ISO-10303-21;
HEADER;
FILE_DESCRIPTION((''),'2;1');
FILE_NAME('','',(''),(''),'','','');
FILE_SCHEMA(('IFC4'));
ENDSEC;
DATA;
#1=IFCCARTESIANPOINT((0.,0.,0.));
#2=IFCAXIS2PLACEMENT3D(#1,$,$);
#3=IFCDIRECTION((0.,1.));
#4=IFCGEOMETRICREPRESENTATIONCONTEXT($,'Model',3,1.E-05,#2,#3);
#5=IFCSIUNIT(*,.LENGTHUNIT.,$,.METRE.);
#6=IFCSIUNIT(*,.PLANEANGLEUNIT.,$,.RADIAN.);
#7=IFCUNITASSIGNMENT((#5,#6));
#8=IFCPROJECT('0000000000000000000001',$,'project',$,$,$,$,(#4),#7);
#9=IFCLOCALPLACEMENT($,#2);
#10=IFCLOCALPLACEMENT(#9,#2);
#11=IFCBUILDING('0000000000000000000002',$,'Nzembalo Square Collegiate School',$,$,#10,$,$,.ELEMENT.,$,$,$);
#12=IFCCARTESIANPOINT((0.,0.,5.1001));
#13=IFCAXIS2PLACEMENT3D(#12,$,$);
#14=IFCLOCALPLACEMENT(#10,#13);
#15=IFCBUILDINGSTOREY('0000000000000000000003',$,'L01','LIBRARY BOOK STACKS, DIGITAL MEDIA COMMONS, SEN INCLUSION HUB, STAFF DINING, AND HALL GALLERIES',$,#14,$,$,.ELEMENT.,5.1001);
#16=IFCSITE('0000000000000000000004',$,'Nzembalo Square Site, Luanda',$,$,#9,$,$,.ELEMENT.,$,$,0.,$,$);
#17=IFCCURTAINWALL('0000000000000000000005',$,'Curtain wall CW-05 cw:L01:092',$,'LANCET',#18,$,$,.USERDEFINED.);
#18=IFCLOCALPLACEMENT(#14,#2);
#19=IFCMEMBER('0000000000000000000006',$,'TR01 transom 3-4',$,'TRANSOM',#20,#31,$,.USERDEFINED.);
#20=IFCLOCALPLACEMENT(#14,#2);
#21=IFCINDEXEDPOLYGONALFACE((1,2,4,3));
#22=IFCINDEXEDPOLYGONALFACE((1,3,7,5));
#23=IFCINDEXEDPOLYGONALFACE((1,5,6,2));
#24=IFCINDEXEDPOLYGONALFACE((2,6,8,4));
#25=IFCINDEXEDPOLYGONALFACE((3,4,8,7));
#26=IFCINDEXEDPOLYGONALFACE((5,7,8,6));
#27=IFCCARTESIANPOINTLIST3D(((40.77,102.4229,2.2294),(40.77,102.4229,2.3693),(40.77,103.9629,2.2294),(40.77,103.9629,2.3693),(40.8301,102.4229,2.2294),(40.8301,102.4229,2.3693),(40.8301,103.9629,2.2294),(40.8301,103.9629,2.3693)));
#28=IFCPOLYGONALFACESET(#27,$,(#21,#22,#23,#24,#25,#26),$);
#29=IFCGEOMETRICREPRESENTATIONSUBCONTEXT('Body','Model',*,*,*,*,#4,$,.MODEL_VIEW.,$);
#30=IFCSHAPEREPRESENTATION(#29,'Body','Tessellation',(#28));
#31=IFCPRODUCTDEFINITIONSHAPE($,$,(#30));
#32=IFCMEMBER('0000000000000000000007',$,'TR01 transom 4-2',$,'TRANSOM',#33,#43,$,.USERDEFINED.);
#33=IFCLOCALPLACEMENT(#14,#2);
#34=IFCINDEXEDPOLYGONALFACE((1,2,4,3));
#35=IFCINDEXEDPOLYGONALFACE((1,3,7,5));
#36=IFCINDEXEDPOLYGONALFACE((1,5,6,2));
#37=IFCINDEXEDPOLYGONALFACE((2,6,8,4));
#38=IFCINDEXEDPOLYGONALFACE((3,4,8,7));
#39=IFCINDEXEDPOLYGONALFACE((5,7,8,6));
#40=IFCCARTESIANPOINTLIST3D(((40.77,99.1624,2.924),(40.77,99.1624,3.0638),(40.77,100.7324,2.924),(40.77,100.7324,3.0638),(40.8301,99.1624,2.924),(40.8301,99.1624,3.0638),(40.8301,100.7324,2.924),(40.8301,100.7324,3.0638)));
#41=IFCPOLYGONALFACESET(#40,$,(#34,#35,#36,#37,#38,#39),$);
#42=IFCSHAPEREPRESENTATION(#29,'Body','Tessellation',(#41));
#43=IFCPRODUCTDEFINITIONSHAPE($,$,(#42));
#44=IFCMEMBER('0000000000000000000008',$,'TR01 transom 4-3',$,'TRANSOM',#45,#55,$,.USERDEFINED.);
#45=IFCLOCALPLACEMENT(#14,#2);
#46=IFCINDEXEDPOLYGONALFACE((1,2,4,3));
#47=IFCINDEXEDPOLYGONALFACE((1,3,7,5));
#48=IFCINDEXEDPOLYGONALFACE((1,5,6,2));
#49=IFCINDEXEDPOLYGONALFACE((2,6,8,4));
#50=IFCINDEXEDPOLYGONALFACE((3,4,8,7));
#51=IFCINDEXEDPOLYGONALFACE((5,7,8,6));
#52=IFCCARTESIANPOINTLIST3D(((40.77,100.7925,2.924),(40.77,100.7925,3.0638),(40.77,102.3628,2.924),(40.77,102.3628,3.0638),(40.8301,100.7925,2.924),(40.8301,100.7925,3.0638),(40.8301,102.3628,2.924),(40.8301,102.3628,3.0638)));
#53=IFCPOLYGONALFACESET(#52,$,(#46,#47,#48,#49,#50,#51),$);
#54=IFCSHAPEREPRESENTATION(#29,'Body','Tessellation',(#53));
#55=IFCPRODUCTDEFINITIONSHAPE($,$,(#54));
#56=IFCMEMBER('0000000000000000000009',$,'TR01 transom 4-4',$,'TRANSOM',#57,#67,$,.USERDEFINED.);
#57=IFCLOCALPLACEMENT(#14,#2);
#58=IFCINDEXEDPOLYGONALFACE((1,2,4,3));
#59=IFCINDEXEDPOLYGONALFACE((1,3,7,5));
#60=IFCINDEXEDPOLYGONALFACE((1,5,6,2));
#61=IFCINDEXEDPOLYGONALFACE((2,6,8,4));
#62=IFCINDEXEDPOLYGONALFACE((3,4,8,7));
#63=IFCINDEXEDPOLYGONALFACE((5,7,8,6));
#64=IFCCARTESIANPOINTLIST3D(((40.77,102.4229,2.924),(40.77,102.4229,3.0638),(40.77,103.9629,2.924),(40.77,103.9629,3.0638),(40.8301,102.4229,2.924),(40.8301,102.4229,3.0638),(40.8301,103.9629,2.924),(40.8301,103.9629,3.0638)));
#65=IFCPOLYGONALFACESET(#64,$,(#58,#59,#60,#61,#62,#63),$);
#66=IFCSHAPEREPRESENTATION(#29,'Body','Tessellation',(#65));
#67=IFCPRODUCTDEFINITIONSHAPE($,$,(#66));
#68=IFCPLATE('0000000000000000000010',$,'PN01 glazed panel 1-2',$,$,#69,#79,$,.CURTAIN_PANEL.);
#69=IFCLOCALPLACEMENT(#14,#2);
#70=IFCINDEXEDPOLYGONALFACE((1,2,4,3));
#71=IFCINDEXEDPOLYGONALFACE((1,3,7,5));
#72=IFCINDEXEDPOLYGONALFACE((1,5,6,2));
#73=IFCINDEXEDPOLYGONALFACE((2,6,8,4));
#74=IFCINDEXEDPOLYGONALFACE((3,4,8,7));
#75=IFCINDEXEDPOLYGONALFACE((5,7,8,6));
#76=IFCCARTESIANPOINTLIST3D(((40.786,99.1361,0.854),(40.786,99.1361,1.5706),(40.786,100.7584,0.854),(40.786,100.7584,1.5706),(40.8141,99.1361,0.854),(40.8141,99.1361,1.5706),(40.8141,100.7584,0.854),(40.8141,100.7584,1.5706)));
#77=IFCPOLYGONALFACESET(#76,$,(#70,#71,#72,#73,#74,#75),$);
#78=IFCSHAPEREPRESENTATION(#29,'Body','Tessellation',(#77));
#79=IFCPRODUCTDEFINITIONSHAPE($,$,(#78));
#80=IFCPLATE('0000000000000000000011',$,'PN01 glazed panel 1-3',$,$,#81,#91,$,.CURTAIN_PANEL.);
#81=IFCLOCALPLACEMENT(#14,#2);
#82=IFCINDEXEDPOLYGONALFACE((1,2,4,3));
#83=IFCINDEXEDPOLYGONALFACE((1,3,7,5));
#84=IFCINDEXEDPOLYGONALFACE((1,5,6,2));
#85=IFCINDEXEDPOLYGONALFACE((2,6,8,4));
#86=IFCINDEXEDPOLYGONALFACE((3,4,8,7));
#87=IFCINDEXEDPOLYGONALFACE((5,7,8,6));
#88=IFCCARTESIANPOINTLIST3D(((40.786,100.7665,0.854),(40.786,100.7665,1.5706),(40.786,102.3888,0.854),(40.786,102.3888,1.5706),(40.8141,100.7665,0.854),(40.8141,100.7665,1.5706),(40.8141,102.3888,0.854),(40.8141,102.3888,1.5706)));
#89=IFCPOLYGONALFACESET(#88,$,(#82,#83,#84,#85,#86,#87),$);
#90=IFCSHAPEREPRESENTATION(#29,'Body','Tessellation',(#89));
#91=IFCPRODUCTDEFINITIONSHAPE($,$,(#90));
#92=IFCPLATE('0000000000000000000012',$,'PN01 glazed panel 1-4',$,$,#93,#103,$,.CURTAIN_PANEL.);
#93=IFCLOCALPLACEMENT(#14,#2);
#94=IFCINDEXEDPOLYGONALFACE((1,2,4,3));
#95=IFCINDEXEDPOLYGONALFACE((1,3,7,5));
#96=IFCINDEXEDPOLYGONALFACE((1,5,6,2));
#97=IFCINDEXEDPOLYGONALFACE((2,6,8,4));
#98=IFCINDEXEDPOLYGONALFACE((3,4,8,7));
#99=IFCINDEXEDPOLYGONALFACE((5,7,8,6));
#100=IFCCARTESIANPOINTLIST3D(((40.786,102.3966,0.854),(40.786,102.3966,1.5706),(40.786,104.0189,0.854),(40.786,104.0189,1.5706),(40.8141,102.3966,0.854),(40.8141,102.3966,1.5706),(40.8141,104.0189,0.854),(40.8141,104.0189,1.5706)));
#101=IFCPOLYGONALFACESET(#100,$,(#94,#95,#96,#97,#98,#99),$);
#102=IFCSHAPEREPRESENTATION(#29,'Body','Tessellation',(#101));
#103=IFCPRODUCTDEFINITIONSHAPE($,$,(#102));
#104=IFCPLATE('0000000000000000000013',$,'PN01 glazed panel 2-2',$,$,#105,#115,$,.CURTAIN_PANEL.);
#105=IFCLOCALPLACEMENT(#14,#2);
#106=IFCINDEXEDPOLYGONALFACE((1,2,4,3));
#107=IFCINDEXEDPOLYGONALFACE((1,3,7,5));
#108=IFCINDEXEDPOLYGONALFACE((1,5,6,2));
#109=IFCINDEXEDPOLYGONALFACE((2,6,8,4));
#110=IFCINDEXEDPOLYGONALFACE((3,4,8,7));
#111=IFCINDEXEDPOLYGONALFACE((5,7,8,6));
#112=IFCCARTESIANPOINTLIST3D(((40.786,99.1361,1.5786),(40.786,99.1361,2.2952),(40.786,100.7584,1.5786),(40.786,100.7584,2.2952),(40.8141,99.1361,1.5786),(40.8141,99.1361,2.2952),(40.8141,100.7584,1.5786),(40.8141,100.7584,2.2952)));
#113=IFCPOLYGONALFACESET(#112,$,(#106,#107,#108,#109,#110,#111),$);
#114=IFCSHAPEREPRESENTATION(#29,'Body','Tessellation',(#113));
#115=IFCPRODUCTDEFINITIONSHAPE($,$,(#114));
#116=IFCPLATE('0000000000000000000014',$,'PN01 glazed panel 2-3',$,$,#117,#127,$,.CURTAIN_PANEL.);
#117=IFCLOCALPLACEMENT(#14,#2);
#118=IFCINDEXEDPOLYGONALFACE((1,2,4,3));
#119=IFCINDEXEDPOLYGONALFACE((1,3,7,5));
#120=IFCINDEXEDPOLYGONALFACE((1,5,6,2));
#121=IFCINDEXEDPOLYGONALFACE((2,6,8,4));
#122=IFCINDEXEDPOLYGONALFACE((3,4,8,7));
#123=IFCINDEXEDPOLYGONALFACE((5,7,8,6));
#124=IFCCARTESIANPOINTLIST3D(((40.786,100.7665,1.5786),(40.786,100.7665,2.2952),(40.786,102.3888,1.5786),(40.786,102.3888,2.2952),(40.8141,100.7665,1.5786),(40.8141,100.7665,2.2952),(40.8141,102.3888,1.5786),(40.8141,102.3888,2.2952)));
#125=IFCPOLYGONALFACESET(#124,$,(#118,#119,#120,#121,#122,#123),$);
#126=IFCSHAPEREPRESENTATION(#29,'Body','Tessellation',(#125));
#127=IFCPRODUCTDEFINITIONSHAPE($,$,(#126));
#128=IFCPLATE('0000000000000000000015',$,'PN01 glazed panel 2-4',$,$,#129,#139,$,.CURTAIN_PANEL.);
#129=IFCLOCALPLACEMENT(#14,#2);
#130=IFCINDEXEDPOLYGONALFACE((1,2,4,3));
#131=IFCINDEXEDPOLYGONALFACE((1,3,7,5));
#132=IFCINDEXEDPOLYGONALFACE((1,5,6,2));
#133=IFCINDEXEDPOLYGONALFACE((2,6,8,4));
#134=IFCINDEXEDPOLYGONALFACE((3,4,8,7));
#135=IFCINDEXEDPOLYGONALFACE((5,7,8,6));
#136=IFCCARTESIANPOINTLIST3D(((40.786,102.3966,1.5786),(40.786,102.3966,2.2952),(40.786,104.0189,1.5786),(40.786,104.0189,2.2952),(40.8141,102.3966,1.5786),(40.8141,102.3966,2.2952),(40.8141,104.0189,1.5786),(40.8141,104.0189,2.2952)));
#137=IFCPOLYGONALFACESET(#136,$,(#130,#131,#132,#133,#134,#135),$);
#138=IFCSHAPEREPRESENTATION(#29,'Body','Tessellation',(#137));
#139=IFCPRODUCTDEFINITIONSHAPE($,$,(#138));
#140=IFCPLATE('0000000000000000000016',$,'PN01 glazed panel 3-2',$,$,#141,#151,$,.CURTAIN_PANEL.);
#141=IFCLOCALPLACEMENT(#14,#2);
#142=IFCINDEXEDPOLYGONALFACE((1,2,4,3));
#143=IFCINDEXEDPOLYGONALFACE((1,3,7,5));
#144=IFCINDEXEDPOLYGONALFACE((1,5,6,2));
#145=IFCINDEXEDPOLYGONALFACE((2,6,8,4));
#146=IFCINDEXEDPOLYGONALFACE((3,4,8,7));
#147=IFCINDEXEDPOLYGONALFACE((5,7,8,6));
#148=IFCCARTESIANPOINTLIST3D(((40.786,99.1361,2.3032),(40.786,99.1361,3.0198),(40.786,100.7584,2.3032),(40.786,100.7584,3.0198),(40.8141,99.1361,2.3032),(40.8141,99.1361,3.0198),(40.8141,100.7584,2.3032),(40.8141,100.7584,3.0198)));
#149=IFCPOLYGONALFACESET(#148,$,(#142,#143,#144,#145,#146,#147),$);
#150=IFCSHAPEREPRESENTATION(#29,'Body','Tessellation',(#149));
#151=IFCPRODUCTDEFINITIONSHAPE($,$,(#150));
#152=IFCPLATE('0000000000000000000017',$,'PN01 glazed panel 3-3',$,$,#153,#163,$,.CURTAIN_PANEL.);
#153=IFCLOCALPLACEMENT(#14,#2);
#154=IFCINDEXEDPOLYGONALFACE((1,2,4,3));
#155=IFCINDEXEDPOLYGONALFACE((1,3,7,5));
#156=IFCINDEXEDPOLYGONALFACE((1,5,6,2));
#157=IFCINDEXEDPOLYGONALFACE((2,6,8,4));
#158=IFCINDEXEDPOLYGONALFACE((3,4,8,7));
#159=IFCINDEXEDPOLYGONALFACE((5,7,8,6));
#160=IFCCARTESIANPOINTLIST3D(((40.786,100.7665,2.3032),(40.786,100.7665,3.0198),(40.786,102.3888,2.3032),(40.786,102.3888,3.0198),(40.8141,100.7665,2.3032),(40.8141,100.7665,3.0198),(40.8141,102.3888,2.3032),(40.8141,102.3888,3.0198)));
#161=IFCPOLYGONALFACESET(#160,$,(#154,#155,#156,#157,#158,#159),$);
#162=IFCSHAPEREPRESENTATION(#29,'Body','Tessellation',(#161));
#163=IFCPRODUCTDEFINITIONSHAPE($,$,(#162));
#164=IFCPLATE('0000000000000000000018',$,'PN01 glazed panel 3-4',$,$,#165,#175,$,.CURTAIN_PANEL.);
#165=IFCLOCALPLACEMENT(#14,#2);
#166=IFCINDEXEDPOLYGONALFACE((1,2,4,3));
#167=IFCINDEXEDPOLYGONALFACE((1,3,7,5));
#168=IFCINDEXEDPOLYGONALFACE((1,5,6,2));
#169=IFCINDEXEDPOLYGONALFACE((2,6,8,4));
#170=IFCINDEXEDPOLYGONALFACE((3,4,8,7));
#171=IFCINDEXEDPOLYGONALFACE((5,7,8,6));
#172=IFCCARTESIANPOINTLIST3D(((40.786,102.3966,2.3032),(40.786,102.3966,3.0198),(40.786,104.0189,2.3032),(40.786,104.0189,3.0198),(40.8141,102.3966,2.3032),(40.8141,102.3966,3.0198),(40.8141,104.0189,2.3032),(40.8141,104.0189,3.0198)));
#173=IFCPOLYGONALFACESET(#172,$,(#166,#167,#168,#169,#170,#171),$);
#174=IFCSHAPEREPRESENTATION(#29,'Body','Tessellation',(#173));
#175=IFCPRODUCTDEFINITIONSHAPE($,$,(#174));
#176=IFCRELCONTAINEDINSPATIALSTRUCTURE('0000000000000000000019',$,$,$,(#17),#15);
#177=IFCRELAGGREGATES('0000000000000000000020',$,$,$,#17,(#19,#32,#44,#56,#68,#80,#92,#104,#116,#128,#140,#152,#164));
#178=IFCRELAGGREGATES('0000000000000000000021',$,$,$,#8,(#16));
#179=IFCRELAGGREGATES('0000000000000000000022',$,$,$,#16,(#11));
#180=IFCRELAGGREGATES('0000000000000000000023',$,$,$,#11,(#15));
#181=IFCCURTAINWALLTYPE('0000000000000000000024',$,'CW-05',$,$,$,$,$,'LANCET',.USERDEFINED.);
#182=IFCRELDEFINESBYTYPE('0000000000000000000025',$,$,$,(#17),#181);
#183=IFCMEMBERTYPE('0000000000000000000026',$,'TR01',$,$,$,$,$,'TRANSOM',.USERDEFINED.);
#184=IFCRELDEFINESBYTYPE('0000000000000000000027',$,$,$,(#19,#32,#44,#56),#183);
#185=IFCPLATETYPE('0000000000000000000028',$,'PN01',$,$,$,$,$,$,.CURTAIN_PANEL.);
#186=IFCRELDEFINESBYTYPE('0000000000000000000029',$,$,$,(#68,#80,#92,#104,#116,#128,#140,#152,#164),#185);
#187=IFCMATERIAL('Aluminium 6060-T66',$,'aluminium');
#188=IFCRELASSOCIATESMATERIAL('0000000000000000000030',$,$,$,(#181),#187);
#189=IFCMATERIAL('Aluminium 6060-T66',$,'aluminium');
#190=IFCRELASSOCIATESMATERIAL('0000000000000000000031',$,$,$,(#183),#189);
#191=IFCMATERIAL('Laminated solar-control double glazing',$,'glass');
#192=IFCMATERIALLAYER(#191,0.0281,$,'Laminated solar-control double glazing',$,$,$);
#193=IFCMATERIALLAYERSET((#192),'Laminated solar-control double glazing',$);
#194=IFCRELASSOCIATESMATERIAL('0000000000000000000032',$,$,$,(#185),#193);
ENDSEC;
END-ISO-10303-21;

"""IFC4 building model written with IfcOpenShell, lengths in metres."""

from ifc_helpers import new_model, si_unit, direction, frame, origin, origin_2d, place, context, subcontext, project, spatial, rectangle, extrude, material, layer, layer_set, material_profile, profile_set, type_object, element, aggregate, save


model = new_model("IFC4")

# Units and contexts
model_context = context("Model", 3, precision=1e-05, world=origin(), true_north=direction((0.0, 1.0)))
body_context = subcontext(model_context, "Body", "Model", "MODEL_VIEW")
ifc_project = project(units=[si_unit("LENGTHUNIT", "METRE"), si_unit("PLANEANGLEUNIT", "RADIAN")], contexts=[model_context])

# Site, building, storey
site_placement = place(None, origin())
site = spatial("IfcSite", under=ifc_project, at=site_placement, Name="Nzembalo Square Site, Luanda", CompositionType="ELEMENT", RefElevation=0.0)
building_placement = place(site_placement, origin())
building = spatial("IfcBuilding", under=site, at=building_placement, Name="Nzembalo Square Collegiate School", CompositionType="ELEMENT")
storey_placement = place(building_placement, frame((0.0, 0.0, 5.1001)))
storey = spatial("IfcBuildingStorey", under=building, at=storey_placement, Name="L01", Description="LIBRARY BOOK STACKS, DIGITAL MEDIA COMMONS, SEN INCLUSION HUB, STAFF DINING, AND HALL GALLERIES", CompositionType="ELEMENT", Elevation=5.1001)

# Curtain wall, members, plates
ifc_material_1 = material(Name="Aluminium 6060-T66", Category="aluminium")
curtain_wall_type = type_object("IfcCurtainWallType", Name="CW-05", ElementType="LANCET", PredefinedType="USERDEFINED", material=ifc_material_1)
curtain_wall_placement = place(storey_placement, origin())
curtain_wall = element("IfcCurtainWall", 1, at=curtain_wall_placement, inside=storey, type_object=curtain_wall_type, Name="Curtain wall CW-05 cw:L01:092", ObjectType="LANCET", PredefinedType="USERDEFINED")
ifc_material_2 = material(Name="Aluminium 6060-T66", Category="aluminium")
ifc_material_profile_1 = material_profile(ifc_material_2, rectangle(XDim=0.0601, YDim=0.1399, at=origin_2d()), Name="ALU T60x140")
ifc_profile_set_1 = profile_set([ifc_material_profile_1], Name="Aluminium 6060-T66")
member_type_1 = type_object("IfcMemberType", Name="TR01", ElementType="TRANSOM", PredefinedType="USERDEFINED", material=ifc_profile_set_1)
member_1_placement = place(storey_placement, frame((40.8, 102.4229, 2.2993), z_axis=(0.0, 1.0, 0.0), x_axis=(-1.0, 0.0, 0.0)))
member_1 = element("IfcMember", 2, at=member_1_placement, type_object=member_type_1, Name="TR01 transom 3-4", ObjectType="TRANSOM", PredefinedType="USERDEFINED", context=body_context, shape_type="SweptSolid", body=[
    extrude(rectangle(XDim=0.0601, YDim=0.1399, at=origin_2d()), origin(), (0.0, 0.0, 1.0), 1.54),
])
member_2_placement = place(storey_placement, frame((40.8, 99.1624, 2.9939), z_axis=(0.0, 1.0, 0.0), x_axis=(-1.0, 0.0, 0.0)))
member_2 = element("IfcMember", 3, at=member_2_placement, type_object=member_type_1, Name="TR01 transom 4-2", ObjectType="TRANSOM", PredefinedType="USERDEFINED", context=body_context, shape_type="SweptSolid", body=[
    extrude(rectangle(XDim=0.0601, YDim=0.1399, at=origin_2d()), origin(), (0.0, 0.0, 1.0), 1.5701),
])
member_3_placement = place(storey_placement, frame((40.8, 100.7925, 2.9939), z_axis=(0.0, 1.0, 0.0), x_axis=(-1.0, 0.0, 0.0)))
member_3 = element("IfcMember", 4, at=member_3_placement, type_object=member_type_1, Name="TR01 transom 4-3", ObjectType="TRANSOM", PredefinedType="USERDEFINED", context=body_context, shape_type="SweptSolid", body=[
    extrude(rectangle(XDim=0.0601, YDim=0.1399, at=origin_2d()), origin(), (0.0, 0.0, 1.0), 1.5703),
])
member_4_placement = place(storey_placement, frame((40.8, 102.4229, 2.9939), z_axis=(0.0, 1.0, 0.0), x_axis=(-1.0, 0.0, 0.0)))
member_4 = element("IfcMember", 5, at=member_4_placement, type_object=member_type_1, Name="TR01 transom 4-4", ObjectType="TRANSOM", PredefinedType="USERDEFINED", context=body_context, shape_type="SweptSolid", body=[
    extrude(rectangle(XDim=0.0601, YDim=0.1399, at=origin_2d()), origin(), (0.0, 0.0, 1.0), 1.54),
])
ifc_material_3 = material(Name="Laminated solar-control double glazing", Category="glass")
ifc_layer = layer(ifc_material_3, 0.0281, Name="Laminated solar-control double glazing")
ifc_layer_set = layer_set([ifc_layer], Name="Laminated solar-control double glazing")
plate_type = type_object("IfcPlateType", Name="PN01", PredefinedType="CURTAIN_PANEL", material=ifc_layer_set)
plate_1_placement = place(storey_placement, frame((40.8, 99.9473, 0.854), z_axis=(0.0, 0.0, 1.0), x_axis=(0.0, 1.0, 0.0)))
plate_1 = element("IfcPlate", 6, at=plate_1_placement, type_object=plate_type, Name="PN01 glazed panel 1-2", PredefinedType="CURTAIN_PANEL", context=body_context, shape_type="SweptSolid", body=[
    extrude(rectangle(XDim=1.6223, YDim=0.0281, at=origin_2d()), origin(), (0.0, 0.0, 1.0), 0.7166),
])
plate_2_placement = place(storey_placement, frame((40.8, 101.5776, 0.854), z_axis=(0.0, 0.0, 1.0), x_axis=(0.0, 1.0, 0.0)))
plate_2 = element("IfcPlate", 7, at=plate_2_placement, type_object=plate_type, Name="PN01 glazed panel 1-3", PredefinedType="CURTAIN_PANEL", context=body_context, shape_type="SweptSolid", body=[
    extrude(rectangle(XDim=1.6223, YDim=0.0281, at=origin_2d()), origin(), (0.0, 0.0, 1.0), 0.7166),
])
plate_3_placement = place(storey_placement, frame((40.8, 103.2078, 0.854), z_axis=(0.0, 0.0, 1.0), x_axis=(0.0, 1.0, 0.0)))
plate_3 = element("IfcPlate", 8, at=plate_3_placement, type_object=plate_type, Name="PN01 glazed panel 1-4", PredefinedType="CURTAIN_PANEL", context=body_context, shape_type="SweptSolid", body=[
    extrude(rectangle(XDim=1.6223, YDim=0.0281, at=origin_2d()), origin(), (0.0, 0.0, 1.0), 0.7166),
])
plate_4_placement = place(storey_placement, frame((40.8, 99.9473, 1.5786), z_axis=(0.0, 0.0, 1.0), x_axis=(0.0, 1.0, 0.0)))
plate_4 = element("IfcPlate", 9, at=plate_4_placement, type_object=plate_type, Name="PN01 glazed panel 2-2", PredefinedType="CURTAIN_PANEL", context=body_context, shape_type="SweptSolid", body=[
    extrude(rectangle(XDim=1.6223, YDim=0.0281, at=origin_2d()), origin(), (0.0, 0.0, 1.0), 0.7166),
])
plate_5_placement = place(storey_placement, frame((40.8, 101.5776, 1.5786), z_axis=(0.0, 0.0, 1.0), x_axis=(0.0, 1.0, 0.0)))
plate_5 = element("IfcPlate", 10, at=plate_5_placement, type_object=plate_type, Name="PN01 glazed panel 2-3", PredefinedType="CURTAIN_PANEL", context=body_context, shape_type="SweptSolid", body=[
    extrude(rectangle(XDim=1.6223, YDim=0.0281, at=origin_2d()), origin(), (0.0, 0.0, 1.0), 0.7166),
])
plate_6_placement = place(storey_placement, frame((40.8, 103.2078, 1.5786), z_axis=(0.0, 0.0, 1.0), x_axis=(0.0, 1.0, 0.0)))
plate_6 = element("IfcPlate", 11, at=plate_6_placement, type_object=plate_type, Name="PN01 glazed panel 2-4", PredefinedType="CURTAIN_PANEL", context=body_context, shape_type="SweptSolid", body=[
    extrude(rectangle(XDim=1.6223, YDim=0.0281, at=origin_2d()), origin(), (0.0, 0.0, 1.0), 0.7166),
])
plate_7_placement = place(storey_placement, frame((40.8, 99.9473, 2.3032), z_axis=(0.0, 0.0, 1.0), x_axis=(0.0, 1.0, 0.0)))
plate_7 = element("IfcPlate", 12, at=plate_7_placement, type_object=plate_type, Name="PN01 glazed panel 3-2", PredefinedType="CURTAIN_PANEL", context=body_context, shape_type="SweptSolid", body=[
    extrude(rectangle(XDim=1.6223, YDim=0.0281, at=origin_2d()), origin(), (0.0, 0.0, 1.0), 0.7166),
])
plate_8_placement = place(storey_placement, frame((40.8, 101.5776, 2.3032), z_axis=(0.0, 0.0, 1.0), x_axis=(0.0, 1.0, 0.0)))
plate_8 = element("IfcPlate", 13, at=plate_8_placement, type_object=plate_type, Name="PN01 glazed panel 3-3", PredefinedType="CURTAIN_PANEL", context=body_context, shape_type="SweptSolid", body=[
    extrude(rectangle(XDim=1.6223, YDim=0.0281, at=origin_2d()), origin(), (0.0, 0.0, 1.0), 0.7166),
])
plate_9_placement = place(storey_placement, frame((40.8, 103.2078, 2.3032), z_axis=(0.0, 0.0, 1.0), x_axis=(0.0, 1.0, 0.0)))
plate_9 = element("IfcPlate", 14, at=plate_9_placement, type_object=plate_type, Name="PN01 glazed panel 3-4", PredefinedType="CURTAIN_PANEL", context=body_context, shape_type="SweptSolid", body=[
    extrude(rectangle(XDim=1.6223, YDim=0.0281, at=origin_2d()), origin(), (0.0, 0.0, 1.0), 0.7166),
])
aggregate(curtain_wall, [member_1, member_2, member_3, member_4, plate_1, plate_2, plate_3, plate_4, plate_5, plate_6, plate_7, plate_8, plate_9])

save(model, "model.ifc")
